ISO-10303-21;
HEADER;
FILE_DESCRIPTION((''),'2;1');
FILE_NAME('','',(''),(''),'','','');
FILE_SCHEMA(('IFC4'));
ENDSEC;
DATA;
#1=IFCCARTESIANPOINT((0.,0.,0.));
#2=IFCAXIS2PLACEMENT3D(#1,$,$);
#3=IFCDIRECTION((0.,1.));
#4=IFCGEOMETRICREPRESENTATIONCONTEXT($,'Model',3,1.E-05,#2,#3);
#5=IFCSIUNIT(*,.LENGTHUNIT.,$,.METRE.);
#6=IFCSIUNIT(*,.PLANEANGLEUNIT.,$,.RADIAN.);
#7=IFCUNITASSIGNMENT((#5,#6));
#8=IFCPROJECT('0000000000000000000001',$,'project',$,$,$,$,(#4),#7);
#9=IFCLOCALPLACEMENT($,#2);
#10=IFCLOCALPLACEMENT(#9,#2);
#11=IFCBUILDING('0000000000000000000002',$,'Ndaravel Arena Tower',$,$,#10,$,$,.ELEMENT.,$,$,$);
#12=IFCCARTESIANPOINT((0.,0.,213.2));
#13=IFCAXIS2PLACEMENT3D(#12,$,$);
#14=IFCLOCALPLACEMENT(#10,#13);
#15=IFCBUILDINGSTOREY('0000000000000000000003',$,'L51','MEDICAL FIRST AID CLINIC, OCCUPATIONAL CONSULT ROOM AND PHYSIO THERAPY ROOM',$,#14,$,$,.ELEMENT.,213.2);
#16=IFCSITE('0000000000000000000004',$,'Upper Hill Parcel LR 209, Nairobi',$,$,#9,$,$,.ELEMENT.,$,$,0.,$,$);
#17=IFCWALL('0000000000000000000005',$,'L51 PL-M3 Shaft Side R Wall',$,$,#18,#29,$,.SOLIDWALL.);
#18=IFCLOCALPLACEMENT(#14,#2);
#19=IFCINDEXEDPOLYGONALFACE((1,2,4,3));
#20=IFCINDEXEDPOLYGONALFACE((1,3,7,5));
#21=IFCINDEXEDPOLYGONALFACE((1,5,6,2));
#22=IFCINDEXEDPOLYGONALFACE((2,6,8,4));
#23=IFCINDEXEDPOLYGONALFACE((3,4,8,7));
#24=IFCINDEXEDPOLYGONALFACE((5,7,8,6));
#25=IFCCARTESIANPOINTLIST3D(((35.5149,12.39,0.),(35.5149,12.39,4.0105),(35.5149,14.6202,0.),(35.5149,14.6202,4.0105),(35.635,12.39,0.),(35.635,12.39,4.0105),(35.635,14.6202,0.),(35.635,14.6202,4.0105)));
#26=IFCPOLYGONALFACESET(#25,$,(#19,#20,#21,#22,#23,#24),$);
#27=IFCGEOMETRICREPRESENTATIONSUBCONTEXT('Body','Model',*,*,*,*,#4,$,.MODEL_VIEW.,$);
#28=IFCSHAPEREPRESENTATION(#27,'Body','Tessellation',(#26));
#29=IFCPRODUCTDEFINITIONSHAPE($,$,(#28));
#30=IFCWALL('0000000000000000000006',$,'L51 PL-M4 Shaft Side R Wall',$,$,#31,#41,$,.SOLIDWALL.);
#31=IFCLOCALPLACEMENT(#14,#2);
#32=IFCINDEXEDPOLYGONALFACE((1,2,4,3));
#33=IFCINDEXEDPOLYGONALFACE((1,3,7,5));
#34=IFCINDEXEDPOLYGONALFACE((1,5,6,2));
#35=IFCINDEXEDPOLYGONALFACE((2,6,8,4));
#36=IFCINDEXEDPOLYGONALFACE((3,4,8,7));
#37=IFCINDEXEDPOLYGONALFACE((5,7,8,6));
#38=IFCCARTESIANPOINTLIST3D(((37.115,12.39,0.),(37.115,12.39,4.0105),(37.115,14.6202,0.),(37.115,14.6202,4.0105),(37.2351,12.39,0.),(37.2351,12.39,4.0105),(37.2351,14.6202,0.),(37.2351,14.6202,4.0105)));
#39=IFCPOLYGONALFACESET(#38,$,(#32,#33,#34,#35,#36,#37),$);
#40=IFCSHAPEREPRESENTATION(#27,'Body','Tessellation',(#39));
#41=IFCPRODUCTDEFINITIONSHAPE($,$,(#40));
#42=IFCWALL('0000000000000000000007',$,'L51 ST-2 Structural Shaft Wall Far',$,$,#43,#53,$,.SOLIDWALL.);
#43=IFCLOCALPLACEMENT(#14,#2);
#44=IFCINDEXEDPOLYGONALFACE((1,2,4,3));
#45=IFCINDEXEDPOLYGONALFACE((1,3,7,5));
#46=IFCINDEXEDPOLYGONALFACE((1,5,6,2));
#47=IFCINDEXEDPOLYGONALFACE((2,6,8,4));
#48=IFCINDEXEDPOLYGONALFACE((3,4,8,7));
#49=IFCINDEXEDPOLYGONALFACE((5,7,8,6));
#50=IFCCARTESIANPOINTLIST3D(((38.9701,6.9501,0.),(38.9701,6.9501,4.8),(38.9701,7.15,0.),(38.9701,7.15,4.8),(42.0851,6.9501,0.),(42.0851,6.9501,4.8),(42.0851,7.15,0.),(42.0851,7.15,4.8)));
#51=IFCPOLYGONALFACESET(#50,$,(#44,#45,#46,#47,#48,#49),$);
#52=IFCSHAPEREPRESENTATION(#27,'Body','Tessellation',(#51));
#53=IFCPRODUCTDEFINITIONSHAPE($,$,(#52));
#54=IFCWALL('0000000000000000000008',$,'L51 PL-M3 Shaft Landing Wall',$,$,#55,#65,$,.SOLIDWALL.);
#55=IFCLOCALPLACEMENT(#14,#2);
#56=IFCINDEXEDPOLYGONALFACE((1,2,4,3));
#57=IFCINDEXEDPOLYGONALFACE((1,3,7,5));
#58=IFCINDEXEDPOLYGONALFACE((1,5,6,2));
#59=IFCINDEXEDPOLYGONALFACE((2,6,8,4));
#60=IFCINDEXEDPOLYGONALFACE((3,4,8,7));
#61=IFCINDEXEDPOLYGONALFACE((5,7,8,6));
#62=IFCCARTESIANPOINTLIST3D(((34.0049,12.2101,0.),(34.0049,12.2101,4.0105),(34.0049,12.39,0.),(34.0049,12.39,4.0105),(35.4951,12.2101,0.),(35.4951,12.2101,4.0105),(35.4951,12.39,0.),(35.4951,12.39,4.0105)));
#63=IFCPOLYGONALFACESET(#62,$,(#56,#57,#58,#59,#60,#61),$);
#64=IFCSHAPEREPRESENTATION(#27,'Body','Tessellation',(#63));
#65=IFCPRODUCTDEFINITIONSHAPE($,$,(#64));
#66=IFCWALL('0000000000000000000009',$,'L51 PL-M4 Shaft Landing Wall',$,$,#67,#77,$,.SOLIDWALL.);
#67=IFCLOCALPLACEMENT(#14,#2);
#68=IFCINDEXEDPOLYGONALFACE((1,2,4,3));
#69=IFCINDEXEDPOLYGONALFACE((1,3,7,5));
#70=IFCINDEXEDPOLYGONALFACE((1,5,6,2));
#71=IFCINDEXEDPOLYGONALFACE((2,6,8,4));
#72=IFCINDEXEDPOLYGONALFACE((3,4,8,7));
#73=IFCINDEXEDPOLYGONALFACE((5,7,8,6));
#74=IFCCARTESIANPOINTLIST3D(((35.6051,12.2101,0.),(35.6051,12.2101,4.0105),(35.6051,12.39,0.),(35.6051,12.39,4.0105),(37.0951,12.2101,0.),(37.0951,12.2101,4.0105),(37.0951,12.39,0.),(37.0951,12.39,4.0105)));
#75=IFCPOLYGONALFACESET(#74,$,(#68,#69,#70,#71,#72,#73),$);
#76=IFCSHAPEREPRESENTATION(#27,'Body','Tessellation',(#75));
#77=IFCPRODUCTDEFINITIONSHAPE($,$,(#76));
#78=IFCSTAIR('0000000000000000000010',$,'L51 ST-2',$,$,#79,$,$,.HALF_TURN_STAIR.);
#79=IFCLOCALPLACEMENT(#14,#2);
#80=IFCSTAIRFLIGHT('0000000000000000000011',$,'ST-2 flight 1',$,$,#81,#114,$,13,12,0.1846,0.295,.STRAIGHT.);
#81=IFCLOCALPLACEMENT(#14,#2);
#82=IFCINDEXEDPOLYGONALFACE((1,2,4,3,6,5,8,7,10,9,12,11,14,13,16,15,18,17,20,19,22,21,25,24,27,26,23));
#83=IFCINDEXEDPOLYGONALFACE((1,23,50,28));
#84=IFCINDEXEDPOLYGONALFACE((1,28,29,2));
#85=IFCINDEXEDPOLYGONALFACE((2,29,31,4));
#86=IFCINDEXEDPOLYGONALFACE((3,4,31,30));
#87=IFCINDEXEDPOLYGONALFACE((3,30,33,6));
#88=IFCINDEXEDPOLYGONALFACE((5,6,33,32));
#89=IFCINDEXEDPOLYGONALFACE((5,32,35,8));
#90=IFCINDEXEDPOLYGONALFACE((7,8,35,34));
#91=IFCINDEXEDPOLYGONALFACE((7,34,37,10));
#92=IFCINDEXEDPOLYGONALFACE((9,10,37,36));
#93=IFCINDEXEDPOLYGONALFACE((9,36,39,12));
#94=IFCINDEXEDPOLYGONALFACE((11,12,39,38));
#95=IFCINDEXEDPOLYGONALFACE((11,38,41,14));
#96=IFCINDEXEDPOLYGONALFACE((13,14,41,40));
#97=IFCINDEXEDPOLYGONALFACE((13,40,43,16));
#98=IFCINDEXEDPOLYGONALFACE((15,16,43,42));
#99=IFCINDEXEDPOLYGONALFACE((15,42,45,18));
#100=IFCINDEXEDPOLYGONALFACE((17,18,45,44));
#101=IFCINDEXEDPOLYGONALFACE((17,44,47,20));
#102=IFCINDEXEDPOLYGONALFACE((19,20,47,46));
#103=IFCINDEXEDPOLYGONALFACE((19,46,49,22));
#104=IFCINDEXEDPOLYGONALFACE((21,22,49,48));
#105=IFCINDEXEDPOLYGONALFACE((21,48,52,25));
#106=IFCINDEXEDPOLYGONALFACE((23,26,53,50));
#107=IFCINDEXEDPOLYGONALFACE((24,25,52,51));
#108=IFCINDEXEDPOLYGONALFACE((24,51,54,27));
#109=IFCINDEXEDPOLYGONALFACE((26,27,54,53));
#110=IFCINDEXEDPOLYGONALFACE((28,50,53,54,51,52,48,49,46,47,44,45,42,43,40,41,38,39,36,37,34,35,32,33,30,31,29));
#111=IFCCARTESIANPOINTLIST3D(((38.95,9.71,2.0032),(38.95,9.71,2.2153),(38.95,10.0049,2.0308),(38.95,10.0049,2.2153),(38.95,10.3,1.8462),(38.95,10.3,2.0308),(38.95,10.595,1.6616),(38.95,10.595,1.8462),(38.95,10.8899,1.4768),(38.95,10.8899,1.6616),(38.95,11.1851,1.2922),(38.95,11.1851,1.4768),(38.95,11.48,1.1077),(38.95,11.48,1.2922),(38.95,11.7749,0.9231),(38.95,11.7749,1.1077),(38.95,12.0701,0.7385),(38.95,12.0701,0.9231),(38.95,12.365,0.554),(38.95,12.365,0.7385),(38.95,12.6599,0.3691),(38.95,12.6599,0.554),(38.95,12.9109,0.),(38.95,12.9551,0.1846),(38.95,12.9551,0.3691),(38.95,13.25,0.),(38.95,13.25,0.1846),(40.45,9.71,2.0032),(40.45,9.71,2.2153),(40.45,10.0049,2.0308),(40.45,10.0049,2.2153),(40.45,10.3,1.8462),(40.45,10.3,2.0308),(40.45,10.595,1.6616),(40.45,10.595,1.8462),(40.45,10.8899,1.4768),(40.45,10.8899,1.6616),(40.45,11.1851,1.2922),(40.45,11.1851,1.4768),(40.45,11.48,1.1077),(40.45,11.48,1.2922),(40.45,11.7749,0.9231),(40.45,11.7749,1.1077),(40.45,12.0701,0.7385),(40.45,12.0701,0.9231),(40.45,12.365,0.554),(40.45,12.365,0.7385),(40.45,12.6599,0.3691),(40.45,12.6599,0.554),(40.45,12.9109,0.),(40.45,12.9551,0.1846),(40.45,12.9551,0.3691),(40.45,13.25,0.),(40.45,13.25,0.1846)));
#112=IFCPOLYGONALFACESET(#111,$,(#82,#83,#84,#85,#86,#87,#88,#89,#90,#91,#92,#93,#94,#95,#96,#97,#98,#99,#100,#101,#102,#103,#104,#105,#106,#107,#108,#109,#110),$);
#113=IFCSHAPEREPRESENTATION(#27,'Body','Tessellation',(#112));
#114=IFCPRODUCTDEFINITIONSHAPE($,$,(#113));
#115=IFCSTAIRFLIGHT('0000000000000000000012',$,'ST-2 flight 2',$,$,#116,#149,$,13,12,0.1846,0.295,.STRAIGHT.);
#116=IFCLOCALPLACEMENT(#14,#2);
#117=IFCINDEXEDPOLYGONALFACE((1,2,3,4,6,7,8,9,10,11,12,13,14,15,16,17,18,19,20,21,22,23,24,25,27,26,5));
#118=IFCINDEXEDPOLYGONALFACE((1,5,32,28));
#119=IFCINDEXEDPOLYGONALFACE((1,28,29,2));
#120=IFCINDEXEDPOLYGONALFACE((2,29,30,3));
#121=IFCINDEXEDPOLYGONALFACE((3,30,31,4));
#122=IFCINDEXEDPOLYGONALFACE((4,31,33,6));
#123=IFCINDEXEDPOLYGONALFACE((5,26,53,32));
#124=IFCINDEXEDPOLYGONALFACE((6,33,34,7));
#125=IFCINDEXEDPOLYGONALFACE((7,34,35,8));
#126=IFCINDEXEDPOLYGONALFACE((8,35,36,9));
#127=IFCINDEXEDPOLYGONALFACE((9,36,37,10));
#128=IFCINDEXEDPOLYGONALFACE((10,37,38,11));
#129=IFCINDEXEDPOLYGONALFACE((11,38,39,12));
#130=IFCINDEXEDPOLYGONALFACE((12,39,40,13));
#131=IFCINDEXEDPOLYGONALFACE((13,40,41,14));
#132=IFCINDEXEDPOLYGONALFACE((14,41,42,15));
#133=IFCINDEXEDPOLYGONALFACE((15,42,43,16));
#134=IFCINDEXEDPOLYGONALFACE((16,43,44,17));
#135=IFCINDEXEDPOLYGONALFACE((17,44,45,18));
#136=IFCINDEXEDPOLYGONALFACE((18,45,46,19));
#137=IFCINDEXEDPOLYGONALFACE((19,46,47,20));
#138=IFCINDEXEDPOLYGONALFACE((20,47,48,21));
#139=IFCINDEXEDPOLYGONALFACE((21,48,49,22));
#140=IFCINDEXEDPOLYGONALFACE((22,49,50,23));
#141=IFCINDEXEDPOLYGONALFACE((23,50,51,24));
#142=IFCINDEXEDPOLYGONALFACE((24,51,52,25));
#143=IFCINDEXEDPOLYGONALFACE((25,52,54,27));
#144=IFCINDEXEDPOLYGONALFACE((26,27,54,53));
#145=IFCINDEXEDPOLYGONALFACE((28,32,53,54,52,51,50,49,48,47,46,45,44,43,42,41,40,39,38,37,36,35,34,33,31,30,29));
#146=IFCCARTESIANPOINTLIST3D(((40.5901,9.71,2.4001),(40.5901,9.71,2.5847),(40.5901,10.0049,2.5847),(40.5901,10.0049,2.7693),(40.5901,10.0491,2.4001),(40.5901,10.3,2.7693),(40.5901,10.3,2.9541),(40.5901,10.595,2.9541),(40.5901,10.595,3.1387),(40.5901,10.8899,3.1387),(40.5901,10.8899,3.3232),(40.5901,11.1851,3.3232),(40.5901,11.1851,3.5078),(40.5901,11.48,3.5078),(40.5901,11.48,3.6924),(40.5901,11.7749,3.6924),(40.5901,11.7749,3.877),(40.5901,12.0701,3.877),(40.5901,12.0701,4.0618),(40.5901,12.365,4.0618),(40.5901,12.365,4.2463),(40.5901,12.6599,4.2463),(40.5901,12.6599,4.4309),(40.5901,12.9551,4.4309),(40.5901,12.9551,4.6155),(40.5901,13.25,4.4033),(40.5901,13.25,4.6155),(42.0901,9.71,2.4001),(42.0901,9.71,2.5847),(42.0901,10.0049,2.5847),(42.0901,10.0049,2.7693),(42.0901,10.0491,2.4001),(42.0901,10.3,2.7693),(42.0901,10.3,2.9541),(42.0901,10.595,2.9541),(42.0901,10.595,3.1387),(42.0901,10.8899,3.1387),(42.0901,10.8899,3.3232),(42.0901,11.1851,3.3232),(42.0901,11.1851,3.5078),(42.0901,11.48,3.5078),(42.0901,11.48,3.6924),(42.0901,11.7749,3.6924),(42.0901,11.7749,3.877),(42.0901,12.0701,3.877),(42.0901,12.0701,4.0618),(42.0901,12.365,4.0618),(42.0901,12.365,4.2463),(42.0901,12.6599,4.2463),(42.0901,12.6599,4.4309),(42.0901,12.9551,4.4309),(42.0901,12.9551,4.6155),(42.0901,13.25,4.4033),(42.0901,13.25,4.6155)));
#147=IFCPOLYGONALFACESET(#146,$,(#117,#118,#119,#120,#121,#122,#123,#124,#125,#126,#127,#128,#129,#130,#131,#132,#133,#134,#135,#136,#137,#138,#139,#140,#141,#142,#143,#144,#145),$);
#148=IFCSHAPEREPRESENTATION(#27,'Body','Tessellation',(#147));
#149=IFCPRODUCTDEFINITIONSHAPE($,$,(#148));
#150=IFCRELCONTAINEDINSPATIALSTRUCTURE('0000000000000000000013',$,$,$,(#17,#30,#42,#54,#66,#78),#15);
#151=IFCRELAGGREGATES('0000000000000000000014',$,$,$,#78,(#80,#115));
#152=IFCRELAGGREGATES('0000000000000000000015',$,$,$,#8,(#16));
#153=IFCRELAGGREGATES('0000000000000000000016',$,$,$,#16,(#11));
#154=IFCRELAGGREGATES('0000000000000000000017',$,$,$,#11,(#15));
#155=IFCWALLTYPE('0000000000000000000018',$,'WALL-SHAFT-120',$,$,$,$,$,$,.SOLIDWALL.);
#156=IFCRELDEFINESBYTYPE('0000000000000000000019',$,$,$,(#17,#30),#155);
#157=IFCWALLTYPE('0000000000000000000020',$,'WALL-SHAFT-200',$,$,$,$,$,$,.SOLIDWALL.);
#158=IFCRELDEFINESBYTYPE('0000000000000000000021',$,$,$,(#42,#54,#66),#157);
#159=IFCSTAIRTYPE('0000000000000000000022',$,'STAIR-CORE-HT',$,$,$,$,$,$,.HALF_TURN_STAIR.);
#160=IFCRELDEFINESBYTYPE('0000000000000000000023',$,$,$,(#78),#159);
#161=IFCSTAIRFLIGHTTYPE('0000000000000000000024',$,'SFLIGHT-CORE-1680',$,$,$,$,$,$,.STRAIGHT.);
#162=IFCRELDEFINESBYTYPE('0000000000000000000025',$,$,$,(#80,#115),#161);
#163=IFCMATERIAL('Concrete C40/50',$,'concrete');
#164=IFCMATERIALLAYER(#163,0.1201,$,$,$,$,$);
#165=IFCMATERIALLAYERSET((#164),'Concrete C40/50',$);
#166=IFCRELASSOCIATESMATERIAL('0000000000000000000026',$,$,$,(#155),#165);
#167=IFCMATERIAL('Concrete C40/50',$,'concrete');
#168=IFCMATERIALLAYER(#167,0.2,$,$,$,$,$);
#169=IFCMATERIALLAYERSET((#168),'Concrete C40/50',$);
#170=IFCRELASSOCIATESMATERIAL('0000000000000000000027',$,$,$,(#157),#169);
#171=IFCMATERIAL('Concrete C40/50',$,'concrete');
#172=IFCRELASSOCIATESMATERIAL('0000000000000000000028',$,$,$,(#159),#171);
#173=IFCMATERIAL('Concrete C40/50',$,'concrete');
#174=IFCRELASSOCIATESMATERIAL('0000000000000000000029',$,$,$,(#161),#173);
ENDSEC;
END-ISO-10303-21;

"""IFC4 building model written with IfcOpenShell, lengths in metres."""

from ifc_helpers import new_model, si_unit, direction, frame, frame_2d, origin, place, context, subcontext, project, spatial, polyline, rectangle, outline, extrude, material, layer, layer_set, type_object, element, aggregate, save


model = new_model("IFC4")

# Units and contexts
model_context = context("Model", 3, precision=1e-05, world=origin(), true_north=direction((0.0, 1.0)))
body_context = subcontext(model_context, "Body", "Model", "MODEL_VIEW")
ifc_project = project(units=[si_unit("LENGTHUNIT", "METRE"), si_unit("PLANEANGLEUNIT", "RADIAN")], contexts=[model_context])

# Site, building, storey
site_placement = place(None, origin())
site = spatial("IfcSite", under=ifc_project, at=site_placement, Name="Upper Hill Parcel LR 209, Nairobi", CompositionType="ELEMENT", RefElevation=0.0)
building_placement = place(site_placement, origin())
building = spatial("IfcBuilding", under=site, at=building_placement, Name="Ndaravel Arena Tower", CompositionType="ELEMENT")
storey_placement = place(building_placement, frame((0.0, 0.0, 213.2)))
storey = spatial("IfcBuildingStorey", under=building, at=storey_placement, Name="L51", Description="MEDICAL FIRST AID CLINIC, OCCUPATIONAL CONSULT ROOM AND PHYSIO THERAPY ROOM", CompositionType="ELEMENT", Elevation=213.2)

# Walls
ifc_material_1 = material(Name="Concrete C40/50", Category="concrete")
ifc_layer_1 = layer(ifc_material_1, 0.1201)
ifc_layer_set_1 = layer_set([ifc_layer_1], Name="Concrete C40/50")
wall_type_1 = type_object("IfcWallType", Name="WALL-SHAFT-120", PredefinedType="SOLIDWALL", material=ifc_layer_set_1)
for number, where, z_axis, x_axis, name in (
    (1, (35.575, 12.3899, 0.0), (0.0, 0.0, 1.0), (0.0, 1.0, 0.0), "L51 PL-M3 Shaft Side R Wall"),
    (2, (37.175, 12.3899, 0.0), (0.0, 0.0, 1.0), (0.0, 1.0, 0.0), "L51 PL-M4 Shaft Side R Wall"),
):
    element("IfcWall", number, at=place(storey_placement, frame(where, z_axis=z_axis, x_axis=x_axis)), inside=storey, type_object=wall_type_1, Name=name, PredefinedType="SOLIDWALL", context=body_context, shape_type="SweptSolid", body=[
        extrude(rectangle(XDim=2.2302, YDim=0.1201, at=frame_2d((1.1152, 0.0))), origin(), (0.0, 0.0, 1.0), 4.0105),
    ])
ifc_material_2 = material(Name="Concrete C40/50", Category="concrete")
ifc_layer_2 = layer(ifc_material_2, 0.2)
ifc_layer_set_2 = layer_set([ifc_layer_2], Name="Concrete C40/50")
wall_type_2 = type_object("IfcWallType", Name="WALL-SHAFT-200", PredefinedType="SOLIDWALL", material=ifc_layer_set_2)
wall_1_placement = place(storey_placement, frame((38.97, 7.05, 0.0), z_axis=(0.0, 0.0, 1.0), x_axis=(1.0, 0.0, 0.0)))
element("IfcWall", 3, at=wall_1_placement, inside=storey, type_object=wall_type_2, Name="L51 ST-2 Structural Shaft Wall Far", PredefinedType="SOLIDWALL", context=body_context, shape_type="SweptSolid", body=[
    extrude(rectangle(XDim=3.115, YDim=0.2, at=frame_2d((1.5576, 0.0))), origin(), (0.0, 0.0, 1.0), 4.8),
])
wall_2_placement = place(storey_placement, frame((34.0049, 12.3, 0.0), z_axis=(0.0, 0.0, 1.0), x_axis=(1.0, 0.0, 0.0)))
element("IfcWall", 4, at=wall_2_placement, inside=storey, type_object=wall_type_2, Name="L51 PL-M3 Shaft Landing Wall", PredefinedType="SOLIDWALL", context=body_context, shape_type="SweptSolid", body=[
    extrude(rectangle(XDim=1.4902, YDim=0.1799, at=frame_2d((0.7451, 0.0))), origin(), (0.0, 0.0, 1.0), 4.0105),
])
wall_3_placement = place(storey_placement, frame((35.605, 12.3, 0.0), z_axis=(0.0, 0.0, 1.0), x_axis=(1.0, 0.0, 0.0)))
element("IfcWall", 5, at=wall_3_placement, inside=storey, type_object=wall_type_2, Name="L51 PL-M4 Shaft Landing Wall", PredefinedType="SOLIDWALL", context=body_context, shape_type="SweptSolid", body=[
    extrude(rectangle(XDim=1.49, YDim=0.1799, at=frame_2d((0.7451, 0.0))), origin(), (0.0, 0.0, 1.0), 4.0105),
])

# Stair, stair flights
ifc_material_3 = material(Name="Concrete C40/50", Category="concrete")
stair_type = type_object("IfcStairType", Name="STAIR-CORE-HT", PredefinedType="HALF_TURN_STAIR", material=ifc_material_3)
stair_placement = place(storey_placement, origin())
stair = element("IfcStair", 6, at=stair_placement, inside=storey, type_object=stair_type, Name="L51 ST-2", PredefinedType="HALF_TURN_STAIR")
ifc_material_4 = material(Name="Concrete C40/50", Category="concrete")
stair_flight_type = type_object("IfcStairFlightType", Name="SFLIGHT-CORE-1680", PredefinedType="STRAIGHT", material=ifc_material_4)
stair_flight_1_placement = place(storey_placement, frame((39.7, 13.25, 0.0), z_axis=(0.0, 0.0, 1.0), x_axis=(0.0, -1.0, 0.0)))
stair_flight_1 = element("IfcStairFlight", 7, at=stair_flight_1_placement, type_object=stair_flight_type, Name="ST-2 flight 1", NumberOfRisers=13, NumberOfTreads=12, PredefinedType="STRAIGHT", RiserHeight=0.1846, TreadLength=0.295, context=body_context, shape_type="SweptSolid", body=[
    extrude(outline(polyline([(0.0, 0.0), (0.0, 0.1846), (0.2949, 0.1846), (0.2949, 0.3691), (0.5901, 0.3691), (0.5901, 0.554), (0.885, 0.554), (0.885, 0.7385), (1.1799, 0.7385), (1.1799, 0.9231), (1.4751, 0.9231), (1.4751, 1.1077), (1.77, 1.1077), (1.77, 1.2922), (2.0649, 1.2922), (2.0649, 1.4768), (2.3601, 1.4768), (2.3601, 1.6616), (2.655, 1.6616), (2.655, 1.8462), (2.95, 1.8462), (2.95, 2.0308), (3.2451, 2.0308), (3.2451, 2.2153), (3.54, 2.2153), (3.54, 2.3999), (3.54, 2.0032), (0.3391, 0.0), (0.0, 0.0)])), frame((0.0, 0.75, 0.0), z_axis=(0.0, -1.0, 0.0), x_axis=(1.0, 0.0, 0.0)), (0.0, 0.0, 1.0), 1.5),
])
stair_flight_2_placement = place(storey_placement, frame((41.3401, 9.71, 2.4001), z_axis=(0.0, 0.0, 1.0), x_axis=(0.0, 1.0, 0.0)))
stair_flight_2 = element("IfcStairFlight", 8, at=stair_flight_2_placement, type_object=stair_flight_type, Name="ST-2 flight 2", NumberOfRisers=13, NumberOfTreads=12, PredefinedType="STRAIGHT", RiserHeight=0.1846, TreadLength=0.295, context=body_context, shape_type="SweptSolid", body=[
    extrude(outline(polyline([(0.0, 0.0), (0.0, 0.1846), (0.2949, 0.1846), (0.2949, 0.3691), (0.5901, 0.3691), (0.5901, 0.554), (0.885, 0.554), (0.885, 0.7385), (1.1799, 0.7385), (1.1799, 0.9231), (1.4751, 0.9231), (1.4751, 1.1077), (1.77, 1.1077), (1.77, 1.2922), (2.0649, 1.2922), (2.0649, 1.4768), (2.3601, 1.4768), (2.3601, 1.6616), (2.655, 1.6616), (2.655, 1.8462), (2.95, 1.8462), (2.95, 2.0308), (3.2451, 2.0308), (3.2451, 2.2153), (3.54, 2.2153), (3.54, 2.3999), (3.54, 2.0032), (0.3391, 0.0), (0.0, 0.0)])), frame((0.0, 0.75, 0.0), z_axis=(0.0, -1.0, 0.0), x_axis=(1.0, 0.0, 0.0)), (0.0, 0.0, 1.0), 1.5),
])
aggregate(stair, [stair_flight_1, stair_flight_2])

save(model, "model.ifc")
